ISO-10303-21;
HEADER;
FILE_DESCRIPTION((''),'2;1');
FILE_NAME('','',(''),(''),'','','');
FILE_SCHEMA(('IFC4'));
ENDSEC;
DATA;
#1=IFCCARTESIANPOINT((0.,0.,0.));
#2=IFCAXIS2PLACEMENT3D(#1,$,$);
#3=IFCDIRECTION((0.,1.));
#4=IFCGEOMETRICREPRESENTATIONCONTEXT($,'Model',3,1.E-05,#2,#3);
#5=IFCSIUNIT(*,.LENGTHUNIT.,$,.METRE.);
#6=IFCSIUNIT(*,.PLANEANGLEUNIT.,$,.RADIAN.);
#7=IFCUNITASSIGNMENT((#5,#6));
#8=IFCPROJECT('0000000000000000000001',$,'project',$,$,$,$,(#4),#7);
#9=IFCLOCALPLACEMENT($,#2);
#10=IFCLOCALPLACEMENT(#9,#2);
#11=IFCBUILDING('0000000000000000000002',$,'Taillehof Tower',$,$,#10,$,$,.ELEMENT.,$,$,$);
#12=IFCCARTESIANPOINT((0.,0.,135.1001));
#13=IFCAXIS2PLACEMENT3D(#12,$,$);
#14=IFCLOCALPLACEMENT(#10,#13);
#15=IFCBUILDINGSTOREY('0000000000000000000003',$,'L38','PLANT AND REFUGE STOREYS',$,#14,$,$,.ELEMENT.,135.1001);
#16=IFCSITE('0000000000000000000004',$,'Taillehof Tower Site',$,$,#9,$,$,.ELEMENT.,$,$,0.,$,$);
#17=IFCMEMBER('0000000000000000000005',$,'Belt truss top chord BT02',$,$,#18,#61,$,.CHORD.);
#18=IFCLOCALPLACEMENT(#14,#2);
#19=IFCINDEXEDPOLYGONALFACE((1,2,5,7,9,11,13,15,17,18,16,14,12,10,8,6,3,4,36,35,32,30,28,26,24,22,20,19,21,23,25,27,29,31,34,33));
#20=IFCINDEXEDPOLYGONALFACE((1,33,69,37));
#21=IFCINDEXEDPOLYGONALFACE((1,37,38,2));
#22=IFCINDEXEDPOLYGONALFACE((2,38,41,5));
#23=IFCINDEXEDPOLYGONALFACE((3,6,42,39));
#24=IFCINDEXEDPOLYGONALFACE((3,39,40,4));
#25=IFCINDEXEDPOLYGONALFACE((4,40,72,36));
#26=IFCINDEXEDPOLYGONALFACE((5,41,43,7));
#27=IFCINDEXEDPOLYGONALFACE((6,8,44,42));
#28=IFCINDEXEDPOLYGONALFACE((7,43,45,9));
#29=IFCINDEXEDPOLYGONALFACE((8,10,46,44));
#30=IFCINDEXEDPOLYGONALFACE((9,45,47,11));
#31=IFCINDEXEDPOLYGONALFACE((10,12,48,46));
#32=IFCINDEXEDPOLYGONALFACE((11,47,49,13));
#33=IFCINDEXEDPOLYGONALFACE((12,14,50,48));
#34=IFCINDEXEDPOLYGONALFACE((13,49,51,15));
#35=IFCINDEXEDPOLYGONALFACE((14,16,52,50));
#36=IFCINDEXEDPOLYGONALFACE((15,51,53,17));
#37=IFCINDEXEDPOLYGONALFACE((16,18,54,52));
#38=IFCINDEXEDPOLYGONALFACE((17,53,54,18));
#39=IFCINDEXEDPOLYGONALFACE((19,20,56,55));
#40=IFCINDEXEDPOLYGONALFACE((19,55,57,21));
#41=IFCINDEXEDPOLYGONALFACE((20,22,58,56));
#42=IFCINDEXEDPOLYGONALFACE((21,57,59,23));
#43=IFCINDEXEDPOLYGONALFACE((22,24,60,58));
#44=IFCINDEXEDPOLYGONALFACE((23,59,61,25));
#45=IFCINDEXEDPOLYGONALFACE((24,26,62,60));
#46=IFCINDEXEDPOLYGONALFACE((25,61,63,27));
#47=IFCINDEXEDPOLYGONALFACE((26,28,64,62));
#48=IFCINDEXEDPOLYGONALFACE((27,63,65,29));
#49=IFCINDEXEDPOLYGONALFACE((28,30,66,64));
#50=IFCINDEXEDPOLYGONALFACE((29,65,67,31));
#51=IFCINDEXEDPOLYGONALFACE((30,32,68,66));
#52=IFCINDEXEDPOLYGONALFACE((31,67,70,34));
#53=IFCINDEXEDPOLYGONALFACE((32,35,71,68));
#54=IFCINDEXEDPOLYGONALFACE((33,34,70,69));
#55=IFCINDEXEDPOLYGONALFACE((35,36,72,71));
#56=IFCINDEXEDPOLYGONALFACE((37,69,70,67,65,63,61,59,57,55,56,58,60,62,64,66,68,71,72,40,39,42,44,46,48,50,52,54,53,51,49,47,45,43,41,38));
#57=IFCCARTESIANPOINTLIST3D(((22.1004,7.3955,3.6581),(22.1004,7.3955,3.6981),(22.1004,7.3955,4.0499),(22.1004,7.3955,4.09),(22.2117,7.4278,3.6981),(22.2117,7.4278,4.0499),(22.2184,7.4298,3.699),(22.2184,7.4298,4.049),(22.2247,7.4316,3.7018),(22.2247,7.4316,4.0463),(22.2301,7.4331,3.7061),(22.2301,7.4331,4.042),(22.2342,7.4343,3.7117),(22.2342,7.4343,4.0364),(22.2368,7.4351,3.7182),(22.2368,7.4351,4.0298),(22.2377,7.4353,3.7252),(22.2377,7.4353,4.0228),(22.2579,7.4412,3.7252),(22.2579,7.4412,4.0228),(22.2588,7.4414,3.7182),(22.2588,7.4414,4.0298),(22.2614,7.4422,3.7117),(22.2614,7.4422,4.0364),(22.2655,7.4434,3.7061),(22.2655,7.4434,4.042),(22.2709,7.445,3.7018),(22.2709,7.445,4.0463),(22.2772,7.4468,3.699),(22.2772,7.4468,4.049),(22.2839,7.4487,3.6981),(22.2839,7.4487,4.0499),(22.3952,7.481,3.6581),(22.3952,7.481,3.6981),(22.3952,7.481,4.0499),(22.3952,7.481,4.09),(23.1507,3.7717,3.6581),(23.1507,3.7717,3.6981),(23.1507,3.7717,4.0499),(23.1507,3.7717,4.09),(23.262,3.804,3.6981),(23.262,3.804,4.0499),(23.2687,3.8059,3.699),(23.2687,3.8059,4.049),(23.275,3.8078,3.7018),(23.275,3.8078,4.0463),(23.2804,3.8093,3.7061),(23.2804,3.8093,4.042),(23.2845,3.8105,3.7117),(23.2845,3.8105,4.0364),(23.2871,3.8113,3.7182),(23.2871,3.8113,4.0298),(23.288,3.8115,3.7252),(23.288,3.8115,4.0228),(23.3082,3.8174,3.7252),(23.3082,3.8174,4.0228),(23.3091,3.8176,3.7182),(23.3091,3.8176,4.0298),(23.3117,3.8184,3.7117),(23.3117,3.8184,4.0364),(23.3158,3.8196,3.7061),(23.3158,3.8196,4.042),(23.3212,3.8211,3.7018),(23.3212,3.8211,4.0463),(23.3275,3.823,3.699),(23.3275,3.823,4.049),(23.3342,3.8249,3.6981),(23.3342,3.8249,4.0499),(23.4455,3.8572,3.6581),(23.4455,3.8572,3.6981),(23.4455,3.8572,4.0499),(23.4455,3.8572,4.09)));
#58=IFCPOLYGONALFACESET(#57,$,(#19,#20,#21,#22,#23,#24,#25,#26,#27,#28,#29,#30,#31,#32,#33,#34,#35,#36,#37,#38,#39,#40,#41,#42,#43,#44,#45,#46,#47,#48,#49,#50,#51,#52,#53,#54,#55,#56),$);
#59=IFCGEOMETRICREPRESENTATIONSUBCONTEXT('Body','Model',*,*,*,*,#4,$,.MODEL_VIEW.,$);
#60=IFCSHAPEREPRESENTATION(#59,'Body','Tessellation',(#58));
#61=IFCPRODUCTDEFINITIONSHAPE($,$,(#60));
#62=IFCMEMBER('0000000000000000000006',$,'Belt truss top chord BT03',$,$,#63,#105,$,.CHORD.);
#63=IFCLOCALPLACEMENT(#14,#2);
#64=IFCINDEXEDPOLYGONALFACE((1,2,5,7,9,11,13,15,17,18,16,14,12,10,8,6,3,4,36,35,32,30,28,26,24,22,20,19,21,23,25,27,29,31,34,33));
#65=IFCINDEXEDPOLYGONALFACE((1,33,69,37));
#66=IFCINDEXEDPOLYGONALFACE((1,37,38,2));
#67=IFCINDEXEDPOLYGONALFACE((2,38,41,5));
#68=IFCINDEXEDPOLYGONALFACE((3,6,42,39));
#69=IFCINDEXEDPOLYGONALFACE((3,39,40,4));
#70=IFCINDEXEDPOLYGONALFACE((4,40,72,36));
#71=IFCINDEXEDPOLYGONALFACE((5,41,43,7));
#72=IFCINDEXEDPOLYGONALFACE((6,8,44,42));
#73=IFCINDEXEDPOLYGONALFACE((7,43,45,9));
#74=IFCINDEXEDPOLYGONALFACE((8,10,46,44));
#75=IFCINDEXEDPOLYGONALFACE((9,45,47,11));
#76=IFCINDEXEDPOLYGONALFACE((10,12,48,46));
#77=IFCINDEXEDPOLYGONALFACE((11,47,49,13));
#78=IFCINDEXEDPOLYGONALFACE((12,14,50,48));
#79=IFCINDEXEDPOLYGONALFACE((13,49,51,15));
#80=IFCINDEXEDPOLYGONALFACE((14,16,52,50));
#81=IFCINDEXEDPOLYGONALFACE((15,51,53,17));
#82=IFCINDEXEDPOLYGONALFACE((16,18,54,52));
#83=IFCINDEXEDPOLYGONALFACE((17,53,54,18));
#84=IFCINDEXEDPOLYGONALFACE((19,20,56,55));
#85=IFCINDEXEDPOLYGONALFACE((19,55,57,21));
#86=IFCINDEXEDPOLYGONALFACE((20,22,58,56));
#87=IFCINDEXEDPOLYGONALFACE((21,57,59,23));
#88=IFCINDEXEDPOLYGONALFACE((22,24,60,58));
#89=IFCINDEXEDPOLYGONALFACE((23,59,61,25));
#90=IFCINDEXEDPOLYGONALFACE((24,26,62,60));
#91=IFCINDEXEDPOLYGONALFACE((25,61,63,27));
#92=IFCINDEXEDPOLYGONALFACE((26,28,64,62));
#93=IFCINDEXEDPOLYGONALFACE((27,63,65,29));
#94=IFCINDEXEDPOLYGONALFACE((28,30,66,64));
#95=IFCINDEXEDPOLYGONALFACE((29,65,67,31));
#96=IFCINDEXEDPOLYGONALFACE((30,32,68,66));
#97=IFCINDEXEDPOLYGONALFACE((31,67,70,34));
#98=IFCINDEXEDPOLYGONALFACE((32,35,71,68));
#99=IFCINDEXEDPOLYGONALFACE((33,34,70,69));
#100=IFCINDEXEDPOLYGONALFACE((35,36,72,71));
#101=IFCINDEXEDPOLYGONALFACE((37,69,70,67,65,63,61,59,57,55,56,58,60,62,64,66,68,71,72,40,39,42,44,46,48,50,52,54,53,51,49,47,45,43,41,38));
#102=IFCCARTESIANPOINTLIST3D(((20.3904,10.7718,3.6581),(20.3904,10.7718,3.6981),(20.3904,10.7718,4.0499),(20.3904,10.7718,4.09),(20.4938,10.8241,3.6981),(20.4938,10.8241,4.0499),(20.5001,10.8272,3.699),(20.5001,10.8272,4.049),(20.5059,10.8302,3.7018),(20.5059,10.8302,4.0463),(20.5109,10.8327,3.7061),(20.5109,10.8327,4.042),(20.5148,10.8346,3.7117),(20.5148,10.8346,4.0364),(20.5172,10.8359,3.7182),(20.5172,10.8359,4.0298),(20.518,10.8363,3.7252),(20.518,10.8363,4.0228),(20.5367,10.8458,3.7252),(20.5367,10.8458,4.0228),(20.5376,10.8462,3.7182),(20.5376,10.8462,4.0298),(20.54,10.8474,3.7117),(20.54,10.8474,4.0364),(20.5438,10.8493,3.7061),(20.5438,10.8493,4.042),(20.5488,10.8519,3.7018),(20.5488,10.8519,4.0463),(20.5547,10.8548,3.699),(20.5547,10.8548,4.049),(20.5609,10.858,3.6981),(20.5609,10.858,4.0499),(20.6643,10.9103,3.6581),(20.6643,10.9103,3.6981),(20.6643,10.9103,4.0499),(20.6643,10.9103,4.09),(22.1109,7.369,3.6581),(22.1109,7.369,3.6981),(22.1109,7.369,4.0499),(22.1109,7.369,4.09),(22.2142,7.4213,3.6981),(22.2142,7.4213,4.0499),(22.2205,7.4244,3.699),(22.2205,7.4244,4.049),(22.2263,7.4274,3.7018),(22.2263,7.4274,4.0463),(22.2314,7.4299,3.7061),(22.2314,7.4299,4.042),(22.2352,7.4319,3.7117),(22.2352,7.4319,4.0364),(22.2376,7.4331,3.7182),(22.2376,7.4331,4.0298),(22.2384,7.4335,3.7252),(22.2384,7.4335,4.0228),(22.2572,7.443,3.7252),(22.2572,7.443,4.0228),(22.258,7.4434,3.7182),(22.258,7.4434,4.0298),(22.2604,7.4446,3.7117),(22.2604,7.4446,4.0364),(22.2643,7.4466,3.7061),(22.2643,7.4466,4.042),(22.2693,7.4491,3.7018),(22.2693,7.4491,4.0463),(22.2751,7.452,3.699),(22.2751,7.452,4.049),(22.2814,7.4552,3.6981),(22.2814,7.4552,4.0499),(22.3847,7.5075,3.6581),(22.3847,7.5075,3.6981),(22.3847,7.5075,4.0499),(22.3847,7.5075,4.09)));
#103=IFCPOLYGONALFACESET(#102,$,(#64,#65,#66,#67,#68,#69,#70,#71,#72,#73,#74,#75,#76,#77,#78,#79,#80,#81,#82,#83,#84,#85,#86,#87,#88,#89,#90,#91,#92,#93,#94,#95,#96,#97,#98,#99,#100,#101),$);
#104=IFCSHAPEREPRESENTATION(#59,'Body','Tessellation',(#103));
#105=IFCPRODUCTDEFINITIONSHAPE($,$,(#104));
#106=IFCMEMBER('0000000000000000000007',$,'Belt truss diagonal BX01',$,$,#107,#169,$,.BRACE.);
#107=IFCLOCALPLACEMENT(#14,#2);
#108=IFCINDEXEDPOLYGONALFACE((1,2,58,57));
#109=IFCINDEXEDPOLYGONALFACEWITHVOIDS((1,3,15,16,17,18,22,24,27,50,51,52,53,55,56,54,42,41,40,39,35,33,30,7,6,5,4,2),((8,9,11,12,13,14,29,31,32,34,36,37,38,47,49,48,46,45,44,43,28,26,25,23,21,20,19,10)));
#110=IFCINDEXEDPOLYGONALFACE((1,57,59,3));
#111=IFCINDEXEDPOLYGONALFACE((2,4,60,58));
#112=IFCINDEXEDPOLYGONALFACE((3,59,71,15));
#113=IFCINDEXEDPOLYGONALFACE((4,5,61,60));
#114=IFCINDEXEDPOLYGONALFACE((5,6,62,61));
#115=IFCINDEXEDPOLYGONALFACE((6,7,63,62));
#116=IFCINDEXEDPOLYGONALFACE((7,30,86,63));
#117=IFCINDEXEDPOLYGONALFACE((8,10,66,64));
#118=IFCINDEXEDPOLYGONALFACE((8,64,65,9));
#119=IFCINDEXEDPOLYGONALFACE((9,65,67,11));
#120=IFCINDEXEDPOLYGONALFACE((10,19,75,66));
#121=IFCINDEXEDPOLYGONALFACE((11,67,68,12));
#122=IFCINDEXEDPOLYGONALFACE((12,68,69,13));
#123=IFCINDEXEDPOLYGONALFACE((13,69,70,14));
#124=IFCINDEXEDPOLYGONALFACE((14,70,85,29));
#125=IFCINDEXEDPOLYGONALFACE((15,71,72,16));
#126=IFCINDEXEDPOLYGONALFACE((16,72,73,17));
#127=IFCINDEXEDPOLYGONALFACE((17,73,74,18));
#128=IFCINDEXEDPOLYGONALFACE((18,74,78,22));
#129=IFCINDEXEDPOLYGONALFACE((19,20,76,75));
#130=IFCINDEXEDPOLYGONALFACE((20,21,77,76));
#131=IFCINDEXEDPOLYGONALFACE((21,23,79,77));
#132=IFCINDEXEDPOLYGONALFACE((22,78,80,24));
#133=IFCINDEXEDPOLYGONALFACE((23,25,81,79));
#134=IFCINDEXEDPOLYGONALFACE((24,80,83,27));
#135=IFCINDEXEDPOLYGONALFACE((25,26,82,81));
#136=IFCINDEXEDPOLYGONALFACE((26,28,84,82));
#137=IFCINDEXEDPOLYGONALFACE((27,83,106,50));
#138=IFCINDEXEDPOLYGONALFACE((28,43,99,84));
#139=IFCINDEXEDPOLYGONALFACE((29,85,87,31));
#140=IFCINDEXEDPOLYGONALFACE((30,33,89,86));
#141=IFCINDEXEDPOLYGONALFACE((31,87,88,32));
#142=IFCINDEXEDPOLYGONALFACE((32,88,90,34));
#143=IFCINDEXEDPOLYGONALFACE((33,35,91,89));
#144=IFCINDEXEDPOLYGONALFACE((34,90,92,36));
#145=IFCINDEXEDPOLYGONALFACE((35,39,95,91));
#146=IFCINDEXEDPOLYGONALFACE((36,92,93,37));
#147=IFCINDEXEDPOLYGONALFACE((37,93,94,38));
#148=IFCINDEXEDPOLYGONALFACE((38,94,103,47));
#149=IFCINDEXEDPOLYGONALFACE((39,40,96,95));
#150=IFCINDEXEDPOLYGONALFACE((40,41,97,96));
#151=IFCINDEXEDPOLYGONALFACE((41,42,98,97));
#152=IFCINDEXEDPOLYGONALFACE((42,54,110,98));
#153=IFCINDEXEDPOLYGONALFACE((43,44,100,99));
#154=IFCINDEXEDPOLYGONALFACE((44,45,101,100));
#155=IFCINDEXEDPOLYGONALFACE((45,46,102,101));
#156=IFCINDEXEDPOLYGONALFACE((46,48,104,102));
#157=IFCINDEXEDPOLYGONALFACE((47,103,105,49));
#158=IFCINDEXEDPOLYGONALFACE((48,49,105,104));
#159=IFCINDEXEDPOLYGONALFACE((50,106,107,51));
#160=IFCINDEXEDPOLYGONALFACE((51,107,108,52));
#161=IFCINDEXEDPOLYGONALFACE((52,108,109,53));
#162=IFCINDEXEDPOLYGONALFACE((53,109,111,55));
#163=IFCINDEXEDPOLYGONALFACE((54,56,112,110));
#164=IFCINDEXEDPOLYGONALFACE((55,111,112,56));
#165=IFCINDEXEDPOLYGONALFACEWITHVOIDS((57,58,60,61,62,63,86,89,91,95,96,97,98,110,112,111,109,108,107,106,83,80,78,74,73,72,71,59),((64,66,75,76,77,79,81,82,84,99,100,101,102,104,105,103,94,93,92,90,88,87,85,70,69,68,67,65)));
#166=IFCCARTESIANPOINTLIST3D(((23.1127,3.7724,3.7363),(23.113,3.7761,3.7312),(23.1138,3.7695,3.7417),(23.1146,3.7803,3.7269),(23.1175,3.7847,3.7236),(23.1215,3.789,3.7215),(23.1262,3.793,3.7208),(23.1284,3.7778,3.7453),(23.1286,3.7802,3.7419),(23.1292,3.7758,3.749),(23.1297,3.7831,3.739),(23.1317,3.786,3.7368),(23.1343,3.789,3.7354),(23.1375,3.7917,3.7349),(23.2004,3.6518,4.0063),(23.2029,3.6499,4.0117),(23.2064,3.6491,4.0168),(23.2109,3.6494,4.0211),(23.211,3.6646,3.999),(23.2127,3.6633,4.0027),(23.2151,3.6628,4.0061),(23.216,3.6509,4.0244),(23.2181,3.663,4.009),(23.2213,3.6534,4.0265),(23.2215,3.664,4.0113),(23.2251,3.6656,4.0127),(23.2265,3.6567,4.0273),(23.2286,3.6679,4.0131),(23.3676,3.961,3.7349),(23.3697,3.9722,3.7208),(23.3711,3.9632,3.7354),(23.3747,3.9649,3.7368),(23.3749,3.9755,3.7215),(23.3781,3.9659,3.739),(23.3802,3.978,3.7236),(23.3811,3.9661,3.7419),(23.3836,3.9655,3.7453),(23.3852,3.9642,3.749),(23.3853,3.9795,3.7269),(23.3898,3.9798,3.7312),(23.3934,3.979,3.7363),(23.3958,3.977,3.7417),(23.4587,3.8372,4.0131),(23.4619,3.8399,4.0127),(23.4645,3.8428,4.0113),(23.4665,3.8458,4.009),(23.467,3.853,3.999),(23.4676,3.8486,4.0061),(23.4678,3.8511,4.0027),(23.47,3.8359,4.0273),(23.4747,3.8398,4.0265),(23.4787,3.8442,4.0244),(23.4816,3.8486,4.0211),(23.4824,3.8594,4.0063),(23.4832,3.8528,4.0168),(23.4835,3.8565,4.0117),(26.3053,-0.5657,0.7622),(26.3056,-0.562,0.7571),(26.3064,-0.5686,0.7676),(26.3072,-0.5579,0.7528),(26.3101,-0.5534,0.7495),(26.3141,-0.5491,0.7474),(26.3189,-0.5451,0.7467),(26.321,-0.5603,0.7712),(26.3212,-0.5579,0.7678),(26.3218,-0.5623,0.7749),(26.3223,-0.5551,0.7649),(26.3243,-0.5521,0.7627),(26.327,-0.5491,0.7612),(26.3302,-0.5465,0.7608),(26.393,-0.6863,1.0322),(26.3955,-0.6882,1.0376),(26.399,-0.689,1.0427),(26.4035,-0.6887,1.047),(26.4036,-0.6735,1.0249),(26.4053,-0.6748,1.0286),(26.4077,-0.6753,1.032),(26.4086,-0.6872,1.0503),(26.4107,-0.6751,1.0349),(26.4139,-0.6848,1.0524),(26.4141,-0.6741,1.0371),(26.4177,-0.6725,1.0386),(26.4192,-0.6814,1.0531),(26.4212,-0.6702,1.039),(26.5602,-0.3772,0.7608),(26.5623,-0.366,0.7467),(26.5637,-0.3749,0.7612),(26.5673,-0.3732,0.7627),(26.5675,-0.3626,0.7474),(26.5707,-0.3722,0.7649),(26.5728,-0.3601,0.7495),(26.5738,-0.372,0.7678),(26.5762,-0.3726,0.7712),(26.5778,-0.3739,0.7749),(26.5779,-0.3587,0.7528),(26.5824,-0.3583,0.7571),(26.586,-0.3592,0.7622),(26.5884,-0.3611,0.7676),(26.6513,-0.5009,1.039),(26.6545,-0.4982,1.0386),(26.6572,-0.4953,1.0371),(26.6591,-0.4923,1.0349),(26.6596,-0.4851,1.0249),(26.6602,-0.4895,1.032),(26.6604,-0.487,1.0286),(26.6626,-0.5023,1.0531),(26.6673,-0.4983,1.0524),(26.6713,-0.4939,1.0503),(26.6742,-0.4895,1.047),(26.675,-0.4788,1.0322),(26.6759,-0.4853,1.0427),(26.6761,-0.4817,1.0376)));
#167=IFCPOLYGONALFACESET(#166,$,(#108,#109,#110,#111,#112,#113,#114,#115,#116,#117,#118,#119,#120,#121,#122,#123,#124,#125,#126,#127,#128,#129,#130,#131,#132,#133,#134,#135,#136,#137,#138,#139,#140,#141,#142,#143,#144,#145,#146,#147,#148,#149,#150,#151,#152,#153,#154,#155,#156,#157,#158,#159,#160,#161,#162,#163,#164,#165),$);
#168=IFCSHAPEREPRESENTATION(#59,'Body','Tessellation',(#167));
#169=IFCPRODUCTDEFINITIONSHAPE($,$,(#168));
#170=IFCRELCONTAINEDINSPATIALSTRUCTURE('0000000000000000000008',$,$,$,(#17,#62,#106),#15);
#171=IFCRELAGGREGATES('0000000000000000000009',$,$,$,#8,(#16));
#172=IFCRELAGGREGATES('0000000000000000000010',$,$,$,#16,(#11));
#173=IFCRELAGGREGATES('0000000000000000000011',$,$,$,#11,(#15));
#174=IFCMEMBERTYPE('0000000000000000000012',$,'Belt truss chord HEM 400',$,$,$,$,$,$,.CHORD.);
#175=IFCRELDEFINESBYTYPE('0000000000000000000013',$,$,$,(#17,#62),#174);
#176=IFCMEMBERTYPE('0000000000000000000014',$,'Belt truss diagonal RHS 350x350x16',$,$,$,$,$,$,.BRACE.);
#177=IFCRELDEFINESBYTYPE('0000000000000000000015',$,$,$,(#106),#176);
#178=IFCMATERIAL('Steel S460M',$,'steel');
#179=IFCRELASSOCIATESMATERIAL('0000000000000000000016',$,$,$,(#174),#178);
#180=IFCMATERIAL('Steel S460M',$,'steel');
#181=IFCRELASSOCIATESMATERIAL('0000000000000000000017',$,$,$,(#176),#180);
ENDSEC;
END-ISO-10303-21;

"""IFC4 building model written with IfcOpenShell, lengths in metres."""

from ifc_helpers import new_model, si_unit, direction, frame, origin, origin_2d, place, context, subcontext, project, spatial, hollow_rectangle, i_section, extrude, material, material_profile, profile_set, type_object, element, save


model = new_model("IFC4")

# Units and contexts
model_context = context("Model", 3, precision=1e-05, world=origin(), true_north=direction((0.0, 1.0)))
body_context = subcontext(model_context, "Body", "Model", "MODEL_VIEW")
ifc_project = project(units=[si_unit("LENGTHUNIT", "METRE"), si_unit("PLANEANGLEUNIT", "RADIAN")], contexts=[model_context])

# Site, building, storey
site_placement = place(None, origin())
site = spatial("IfcSite", under=ifc_project, at=site_placement, Name="Taillehof Tower Site", CompositionType="ELEMENT", RefElevation=0.0)
building_placement = place(site_placement, origin())
building = spatial("IfcBuilding", under=site, at=building_placement, Name="Taillehof Tower", CompositionType="ELEMENT")
storey_placement = place(building_placement, frame((0.0, 0.0, 135.1001)))
storey = spatial("IfcBuildingStorey", under=building, at=storey_placement, Name="L38", Description="PLANT AND REFUGE STOREYS", CompositionType="ELEMENT", Elevation=135.1001)

# Members
ifc_material_1 = material(Name="Steel S460M", Category="steel")
ifc_material_profile_1 = material_profile(ifc_material_1, i_section(OverallWidth=0.3069, OverallDepth=0.4319, WebThickness=0.021, FlangeThickness=0.04, FilletRadius=0.0271, at=origin_2d()), Name="HEM 400")
ifc_profile_set_1 = profile_set([ifc_material_profile_1], Name="Steel S460M")
member_type_1 = type_object("IfcMemberType", Name="Belt truss chord HEM 400", PredefinedType="CHORD", material=ifc_profile_set_1)
member_1_placement = place(storey_placement, frame((23.2981, 3.8145, 3.874), z_axis=(-0.278377, 0.960472, 0.0), x_axis=(-0.960472, -0.278377, 0.0)))
element("IfcMember", 1, at=member_1_placement, inside=storey, type_object=member_type_1, Name="Belt truss top chord BT02", PredefinedType="CHORD", context=body_context, shape_type="SweptSolid", body=[
    extrude(i_section(OverallWidth=0.3069, OverallDepth=0.4319, WebThickness=0.021, FlangeThickness=0.04, FilletRadius=0.0271, at=origin_2d()), origin(), (0.0, 0.0, 1.0), 3.7729),
])
member_2_placement = place(storey_placement, frame((22.2478, 7.4382, 3.874), z_axis=(-0.451204, 0.892421, 0.0), x_axis=(-0.892421, -0.451204, 0.0)))
element("IfcMember", 2, at=member_2_placement, inside=storey, type_object=member_type_1, Name="Belt truss top chord BT03", PredefinedType="CHORD", context=body_context, shape_type="SweptSolid", body=[
    extrude(i_section(OverallWidth=0.3069, OverallDepth=0.4319, WebThickness=0.021, FlangeThickness=0.04, FilletRadius=0.0271, at=origin_2d()), origin(), (0.0, 0.0, 1.0), 3.813),
])
ifc_material_2 = material(Name="Steel S460M", Category="steel")
ifc_material_profile_2 = material_profile(ifc_material_2, hollow_rectangle(XDim=0.3501, YDim=0.3501, WallThickness=0.0161, InnerFilletRadius=0.0161, OuterFilletRadius=0.0239, at=origin_2d()), Name="RHS 350x350x16")
ifc_profile_set_2 = profile_set([ifc_material_profile_2], Name="Steel S460M")
member_type_2 = type_object("IfcMemberType", Name="Belt truss diagonal RHS 350x350x16", PredefinedType="BRACE", material=ifc_profile_set_2)
member_3_placement = place(storey_placement, frame((26.4907, -0.5237, 0.8999), z_axis=(-0.518885, 0.70506, 0.483372), x_axis=(-0.805401, -0.59273, 0.0)))
element("IfcMember", 3, at=member_3_placement, inside=storey, type_object=member_type_2, Name="Belt truss diagonal BX01", PredefinedType="BRACE", context=body_context, shape_type="SweptSolid", body=[
    extrude(hollow_rectangle(XDim=0.3501, YDim=0.3501, WallThickness=0.0161, InnerFilletRadius=0.0161, OuterFilletRadius=0.0239, at=origin_2d()), origin(), (0.0, 0.0, 1.0), 6.1528),
])

save(model, "model.ifc")
